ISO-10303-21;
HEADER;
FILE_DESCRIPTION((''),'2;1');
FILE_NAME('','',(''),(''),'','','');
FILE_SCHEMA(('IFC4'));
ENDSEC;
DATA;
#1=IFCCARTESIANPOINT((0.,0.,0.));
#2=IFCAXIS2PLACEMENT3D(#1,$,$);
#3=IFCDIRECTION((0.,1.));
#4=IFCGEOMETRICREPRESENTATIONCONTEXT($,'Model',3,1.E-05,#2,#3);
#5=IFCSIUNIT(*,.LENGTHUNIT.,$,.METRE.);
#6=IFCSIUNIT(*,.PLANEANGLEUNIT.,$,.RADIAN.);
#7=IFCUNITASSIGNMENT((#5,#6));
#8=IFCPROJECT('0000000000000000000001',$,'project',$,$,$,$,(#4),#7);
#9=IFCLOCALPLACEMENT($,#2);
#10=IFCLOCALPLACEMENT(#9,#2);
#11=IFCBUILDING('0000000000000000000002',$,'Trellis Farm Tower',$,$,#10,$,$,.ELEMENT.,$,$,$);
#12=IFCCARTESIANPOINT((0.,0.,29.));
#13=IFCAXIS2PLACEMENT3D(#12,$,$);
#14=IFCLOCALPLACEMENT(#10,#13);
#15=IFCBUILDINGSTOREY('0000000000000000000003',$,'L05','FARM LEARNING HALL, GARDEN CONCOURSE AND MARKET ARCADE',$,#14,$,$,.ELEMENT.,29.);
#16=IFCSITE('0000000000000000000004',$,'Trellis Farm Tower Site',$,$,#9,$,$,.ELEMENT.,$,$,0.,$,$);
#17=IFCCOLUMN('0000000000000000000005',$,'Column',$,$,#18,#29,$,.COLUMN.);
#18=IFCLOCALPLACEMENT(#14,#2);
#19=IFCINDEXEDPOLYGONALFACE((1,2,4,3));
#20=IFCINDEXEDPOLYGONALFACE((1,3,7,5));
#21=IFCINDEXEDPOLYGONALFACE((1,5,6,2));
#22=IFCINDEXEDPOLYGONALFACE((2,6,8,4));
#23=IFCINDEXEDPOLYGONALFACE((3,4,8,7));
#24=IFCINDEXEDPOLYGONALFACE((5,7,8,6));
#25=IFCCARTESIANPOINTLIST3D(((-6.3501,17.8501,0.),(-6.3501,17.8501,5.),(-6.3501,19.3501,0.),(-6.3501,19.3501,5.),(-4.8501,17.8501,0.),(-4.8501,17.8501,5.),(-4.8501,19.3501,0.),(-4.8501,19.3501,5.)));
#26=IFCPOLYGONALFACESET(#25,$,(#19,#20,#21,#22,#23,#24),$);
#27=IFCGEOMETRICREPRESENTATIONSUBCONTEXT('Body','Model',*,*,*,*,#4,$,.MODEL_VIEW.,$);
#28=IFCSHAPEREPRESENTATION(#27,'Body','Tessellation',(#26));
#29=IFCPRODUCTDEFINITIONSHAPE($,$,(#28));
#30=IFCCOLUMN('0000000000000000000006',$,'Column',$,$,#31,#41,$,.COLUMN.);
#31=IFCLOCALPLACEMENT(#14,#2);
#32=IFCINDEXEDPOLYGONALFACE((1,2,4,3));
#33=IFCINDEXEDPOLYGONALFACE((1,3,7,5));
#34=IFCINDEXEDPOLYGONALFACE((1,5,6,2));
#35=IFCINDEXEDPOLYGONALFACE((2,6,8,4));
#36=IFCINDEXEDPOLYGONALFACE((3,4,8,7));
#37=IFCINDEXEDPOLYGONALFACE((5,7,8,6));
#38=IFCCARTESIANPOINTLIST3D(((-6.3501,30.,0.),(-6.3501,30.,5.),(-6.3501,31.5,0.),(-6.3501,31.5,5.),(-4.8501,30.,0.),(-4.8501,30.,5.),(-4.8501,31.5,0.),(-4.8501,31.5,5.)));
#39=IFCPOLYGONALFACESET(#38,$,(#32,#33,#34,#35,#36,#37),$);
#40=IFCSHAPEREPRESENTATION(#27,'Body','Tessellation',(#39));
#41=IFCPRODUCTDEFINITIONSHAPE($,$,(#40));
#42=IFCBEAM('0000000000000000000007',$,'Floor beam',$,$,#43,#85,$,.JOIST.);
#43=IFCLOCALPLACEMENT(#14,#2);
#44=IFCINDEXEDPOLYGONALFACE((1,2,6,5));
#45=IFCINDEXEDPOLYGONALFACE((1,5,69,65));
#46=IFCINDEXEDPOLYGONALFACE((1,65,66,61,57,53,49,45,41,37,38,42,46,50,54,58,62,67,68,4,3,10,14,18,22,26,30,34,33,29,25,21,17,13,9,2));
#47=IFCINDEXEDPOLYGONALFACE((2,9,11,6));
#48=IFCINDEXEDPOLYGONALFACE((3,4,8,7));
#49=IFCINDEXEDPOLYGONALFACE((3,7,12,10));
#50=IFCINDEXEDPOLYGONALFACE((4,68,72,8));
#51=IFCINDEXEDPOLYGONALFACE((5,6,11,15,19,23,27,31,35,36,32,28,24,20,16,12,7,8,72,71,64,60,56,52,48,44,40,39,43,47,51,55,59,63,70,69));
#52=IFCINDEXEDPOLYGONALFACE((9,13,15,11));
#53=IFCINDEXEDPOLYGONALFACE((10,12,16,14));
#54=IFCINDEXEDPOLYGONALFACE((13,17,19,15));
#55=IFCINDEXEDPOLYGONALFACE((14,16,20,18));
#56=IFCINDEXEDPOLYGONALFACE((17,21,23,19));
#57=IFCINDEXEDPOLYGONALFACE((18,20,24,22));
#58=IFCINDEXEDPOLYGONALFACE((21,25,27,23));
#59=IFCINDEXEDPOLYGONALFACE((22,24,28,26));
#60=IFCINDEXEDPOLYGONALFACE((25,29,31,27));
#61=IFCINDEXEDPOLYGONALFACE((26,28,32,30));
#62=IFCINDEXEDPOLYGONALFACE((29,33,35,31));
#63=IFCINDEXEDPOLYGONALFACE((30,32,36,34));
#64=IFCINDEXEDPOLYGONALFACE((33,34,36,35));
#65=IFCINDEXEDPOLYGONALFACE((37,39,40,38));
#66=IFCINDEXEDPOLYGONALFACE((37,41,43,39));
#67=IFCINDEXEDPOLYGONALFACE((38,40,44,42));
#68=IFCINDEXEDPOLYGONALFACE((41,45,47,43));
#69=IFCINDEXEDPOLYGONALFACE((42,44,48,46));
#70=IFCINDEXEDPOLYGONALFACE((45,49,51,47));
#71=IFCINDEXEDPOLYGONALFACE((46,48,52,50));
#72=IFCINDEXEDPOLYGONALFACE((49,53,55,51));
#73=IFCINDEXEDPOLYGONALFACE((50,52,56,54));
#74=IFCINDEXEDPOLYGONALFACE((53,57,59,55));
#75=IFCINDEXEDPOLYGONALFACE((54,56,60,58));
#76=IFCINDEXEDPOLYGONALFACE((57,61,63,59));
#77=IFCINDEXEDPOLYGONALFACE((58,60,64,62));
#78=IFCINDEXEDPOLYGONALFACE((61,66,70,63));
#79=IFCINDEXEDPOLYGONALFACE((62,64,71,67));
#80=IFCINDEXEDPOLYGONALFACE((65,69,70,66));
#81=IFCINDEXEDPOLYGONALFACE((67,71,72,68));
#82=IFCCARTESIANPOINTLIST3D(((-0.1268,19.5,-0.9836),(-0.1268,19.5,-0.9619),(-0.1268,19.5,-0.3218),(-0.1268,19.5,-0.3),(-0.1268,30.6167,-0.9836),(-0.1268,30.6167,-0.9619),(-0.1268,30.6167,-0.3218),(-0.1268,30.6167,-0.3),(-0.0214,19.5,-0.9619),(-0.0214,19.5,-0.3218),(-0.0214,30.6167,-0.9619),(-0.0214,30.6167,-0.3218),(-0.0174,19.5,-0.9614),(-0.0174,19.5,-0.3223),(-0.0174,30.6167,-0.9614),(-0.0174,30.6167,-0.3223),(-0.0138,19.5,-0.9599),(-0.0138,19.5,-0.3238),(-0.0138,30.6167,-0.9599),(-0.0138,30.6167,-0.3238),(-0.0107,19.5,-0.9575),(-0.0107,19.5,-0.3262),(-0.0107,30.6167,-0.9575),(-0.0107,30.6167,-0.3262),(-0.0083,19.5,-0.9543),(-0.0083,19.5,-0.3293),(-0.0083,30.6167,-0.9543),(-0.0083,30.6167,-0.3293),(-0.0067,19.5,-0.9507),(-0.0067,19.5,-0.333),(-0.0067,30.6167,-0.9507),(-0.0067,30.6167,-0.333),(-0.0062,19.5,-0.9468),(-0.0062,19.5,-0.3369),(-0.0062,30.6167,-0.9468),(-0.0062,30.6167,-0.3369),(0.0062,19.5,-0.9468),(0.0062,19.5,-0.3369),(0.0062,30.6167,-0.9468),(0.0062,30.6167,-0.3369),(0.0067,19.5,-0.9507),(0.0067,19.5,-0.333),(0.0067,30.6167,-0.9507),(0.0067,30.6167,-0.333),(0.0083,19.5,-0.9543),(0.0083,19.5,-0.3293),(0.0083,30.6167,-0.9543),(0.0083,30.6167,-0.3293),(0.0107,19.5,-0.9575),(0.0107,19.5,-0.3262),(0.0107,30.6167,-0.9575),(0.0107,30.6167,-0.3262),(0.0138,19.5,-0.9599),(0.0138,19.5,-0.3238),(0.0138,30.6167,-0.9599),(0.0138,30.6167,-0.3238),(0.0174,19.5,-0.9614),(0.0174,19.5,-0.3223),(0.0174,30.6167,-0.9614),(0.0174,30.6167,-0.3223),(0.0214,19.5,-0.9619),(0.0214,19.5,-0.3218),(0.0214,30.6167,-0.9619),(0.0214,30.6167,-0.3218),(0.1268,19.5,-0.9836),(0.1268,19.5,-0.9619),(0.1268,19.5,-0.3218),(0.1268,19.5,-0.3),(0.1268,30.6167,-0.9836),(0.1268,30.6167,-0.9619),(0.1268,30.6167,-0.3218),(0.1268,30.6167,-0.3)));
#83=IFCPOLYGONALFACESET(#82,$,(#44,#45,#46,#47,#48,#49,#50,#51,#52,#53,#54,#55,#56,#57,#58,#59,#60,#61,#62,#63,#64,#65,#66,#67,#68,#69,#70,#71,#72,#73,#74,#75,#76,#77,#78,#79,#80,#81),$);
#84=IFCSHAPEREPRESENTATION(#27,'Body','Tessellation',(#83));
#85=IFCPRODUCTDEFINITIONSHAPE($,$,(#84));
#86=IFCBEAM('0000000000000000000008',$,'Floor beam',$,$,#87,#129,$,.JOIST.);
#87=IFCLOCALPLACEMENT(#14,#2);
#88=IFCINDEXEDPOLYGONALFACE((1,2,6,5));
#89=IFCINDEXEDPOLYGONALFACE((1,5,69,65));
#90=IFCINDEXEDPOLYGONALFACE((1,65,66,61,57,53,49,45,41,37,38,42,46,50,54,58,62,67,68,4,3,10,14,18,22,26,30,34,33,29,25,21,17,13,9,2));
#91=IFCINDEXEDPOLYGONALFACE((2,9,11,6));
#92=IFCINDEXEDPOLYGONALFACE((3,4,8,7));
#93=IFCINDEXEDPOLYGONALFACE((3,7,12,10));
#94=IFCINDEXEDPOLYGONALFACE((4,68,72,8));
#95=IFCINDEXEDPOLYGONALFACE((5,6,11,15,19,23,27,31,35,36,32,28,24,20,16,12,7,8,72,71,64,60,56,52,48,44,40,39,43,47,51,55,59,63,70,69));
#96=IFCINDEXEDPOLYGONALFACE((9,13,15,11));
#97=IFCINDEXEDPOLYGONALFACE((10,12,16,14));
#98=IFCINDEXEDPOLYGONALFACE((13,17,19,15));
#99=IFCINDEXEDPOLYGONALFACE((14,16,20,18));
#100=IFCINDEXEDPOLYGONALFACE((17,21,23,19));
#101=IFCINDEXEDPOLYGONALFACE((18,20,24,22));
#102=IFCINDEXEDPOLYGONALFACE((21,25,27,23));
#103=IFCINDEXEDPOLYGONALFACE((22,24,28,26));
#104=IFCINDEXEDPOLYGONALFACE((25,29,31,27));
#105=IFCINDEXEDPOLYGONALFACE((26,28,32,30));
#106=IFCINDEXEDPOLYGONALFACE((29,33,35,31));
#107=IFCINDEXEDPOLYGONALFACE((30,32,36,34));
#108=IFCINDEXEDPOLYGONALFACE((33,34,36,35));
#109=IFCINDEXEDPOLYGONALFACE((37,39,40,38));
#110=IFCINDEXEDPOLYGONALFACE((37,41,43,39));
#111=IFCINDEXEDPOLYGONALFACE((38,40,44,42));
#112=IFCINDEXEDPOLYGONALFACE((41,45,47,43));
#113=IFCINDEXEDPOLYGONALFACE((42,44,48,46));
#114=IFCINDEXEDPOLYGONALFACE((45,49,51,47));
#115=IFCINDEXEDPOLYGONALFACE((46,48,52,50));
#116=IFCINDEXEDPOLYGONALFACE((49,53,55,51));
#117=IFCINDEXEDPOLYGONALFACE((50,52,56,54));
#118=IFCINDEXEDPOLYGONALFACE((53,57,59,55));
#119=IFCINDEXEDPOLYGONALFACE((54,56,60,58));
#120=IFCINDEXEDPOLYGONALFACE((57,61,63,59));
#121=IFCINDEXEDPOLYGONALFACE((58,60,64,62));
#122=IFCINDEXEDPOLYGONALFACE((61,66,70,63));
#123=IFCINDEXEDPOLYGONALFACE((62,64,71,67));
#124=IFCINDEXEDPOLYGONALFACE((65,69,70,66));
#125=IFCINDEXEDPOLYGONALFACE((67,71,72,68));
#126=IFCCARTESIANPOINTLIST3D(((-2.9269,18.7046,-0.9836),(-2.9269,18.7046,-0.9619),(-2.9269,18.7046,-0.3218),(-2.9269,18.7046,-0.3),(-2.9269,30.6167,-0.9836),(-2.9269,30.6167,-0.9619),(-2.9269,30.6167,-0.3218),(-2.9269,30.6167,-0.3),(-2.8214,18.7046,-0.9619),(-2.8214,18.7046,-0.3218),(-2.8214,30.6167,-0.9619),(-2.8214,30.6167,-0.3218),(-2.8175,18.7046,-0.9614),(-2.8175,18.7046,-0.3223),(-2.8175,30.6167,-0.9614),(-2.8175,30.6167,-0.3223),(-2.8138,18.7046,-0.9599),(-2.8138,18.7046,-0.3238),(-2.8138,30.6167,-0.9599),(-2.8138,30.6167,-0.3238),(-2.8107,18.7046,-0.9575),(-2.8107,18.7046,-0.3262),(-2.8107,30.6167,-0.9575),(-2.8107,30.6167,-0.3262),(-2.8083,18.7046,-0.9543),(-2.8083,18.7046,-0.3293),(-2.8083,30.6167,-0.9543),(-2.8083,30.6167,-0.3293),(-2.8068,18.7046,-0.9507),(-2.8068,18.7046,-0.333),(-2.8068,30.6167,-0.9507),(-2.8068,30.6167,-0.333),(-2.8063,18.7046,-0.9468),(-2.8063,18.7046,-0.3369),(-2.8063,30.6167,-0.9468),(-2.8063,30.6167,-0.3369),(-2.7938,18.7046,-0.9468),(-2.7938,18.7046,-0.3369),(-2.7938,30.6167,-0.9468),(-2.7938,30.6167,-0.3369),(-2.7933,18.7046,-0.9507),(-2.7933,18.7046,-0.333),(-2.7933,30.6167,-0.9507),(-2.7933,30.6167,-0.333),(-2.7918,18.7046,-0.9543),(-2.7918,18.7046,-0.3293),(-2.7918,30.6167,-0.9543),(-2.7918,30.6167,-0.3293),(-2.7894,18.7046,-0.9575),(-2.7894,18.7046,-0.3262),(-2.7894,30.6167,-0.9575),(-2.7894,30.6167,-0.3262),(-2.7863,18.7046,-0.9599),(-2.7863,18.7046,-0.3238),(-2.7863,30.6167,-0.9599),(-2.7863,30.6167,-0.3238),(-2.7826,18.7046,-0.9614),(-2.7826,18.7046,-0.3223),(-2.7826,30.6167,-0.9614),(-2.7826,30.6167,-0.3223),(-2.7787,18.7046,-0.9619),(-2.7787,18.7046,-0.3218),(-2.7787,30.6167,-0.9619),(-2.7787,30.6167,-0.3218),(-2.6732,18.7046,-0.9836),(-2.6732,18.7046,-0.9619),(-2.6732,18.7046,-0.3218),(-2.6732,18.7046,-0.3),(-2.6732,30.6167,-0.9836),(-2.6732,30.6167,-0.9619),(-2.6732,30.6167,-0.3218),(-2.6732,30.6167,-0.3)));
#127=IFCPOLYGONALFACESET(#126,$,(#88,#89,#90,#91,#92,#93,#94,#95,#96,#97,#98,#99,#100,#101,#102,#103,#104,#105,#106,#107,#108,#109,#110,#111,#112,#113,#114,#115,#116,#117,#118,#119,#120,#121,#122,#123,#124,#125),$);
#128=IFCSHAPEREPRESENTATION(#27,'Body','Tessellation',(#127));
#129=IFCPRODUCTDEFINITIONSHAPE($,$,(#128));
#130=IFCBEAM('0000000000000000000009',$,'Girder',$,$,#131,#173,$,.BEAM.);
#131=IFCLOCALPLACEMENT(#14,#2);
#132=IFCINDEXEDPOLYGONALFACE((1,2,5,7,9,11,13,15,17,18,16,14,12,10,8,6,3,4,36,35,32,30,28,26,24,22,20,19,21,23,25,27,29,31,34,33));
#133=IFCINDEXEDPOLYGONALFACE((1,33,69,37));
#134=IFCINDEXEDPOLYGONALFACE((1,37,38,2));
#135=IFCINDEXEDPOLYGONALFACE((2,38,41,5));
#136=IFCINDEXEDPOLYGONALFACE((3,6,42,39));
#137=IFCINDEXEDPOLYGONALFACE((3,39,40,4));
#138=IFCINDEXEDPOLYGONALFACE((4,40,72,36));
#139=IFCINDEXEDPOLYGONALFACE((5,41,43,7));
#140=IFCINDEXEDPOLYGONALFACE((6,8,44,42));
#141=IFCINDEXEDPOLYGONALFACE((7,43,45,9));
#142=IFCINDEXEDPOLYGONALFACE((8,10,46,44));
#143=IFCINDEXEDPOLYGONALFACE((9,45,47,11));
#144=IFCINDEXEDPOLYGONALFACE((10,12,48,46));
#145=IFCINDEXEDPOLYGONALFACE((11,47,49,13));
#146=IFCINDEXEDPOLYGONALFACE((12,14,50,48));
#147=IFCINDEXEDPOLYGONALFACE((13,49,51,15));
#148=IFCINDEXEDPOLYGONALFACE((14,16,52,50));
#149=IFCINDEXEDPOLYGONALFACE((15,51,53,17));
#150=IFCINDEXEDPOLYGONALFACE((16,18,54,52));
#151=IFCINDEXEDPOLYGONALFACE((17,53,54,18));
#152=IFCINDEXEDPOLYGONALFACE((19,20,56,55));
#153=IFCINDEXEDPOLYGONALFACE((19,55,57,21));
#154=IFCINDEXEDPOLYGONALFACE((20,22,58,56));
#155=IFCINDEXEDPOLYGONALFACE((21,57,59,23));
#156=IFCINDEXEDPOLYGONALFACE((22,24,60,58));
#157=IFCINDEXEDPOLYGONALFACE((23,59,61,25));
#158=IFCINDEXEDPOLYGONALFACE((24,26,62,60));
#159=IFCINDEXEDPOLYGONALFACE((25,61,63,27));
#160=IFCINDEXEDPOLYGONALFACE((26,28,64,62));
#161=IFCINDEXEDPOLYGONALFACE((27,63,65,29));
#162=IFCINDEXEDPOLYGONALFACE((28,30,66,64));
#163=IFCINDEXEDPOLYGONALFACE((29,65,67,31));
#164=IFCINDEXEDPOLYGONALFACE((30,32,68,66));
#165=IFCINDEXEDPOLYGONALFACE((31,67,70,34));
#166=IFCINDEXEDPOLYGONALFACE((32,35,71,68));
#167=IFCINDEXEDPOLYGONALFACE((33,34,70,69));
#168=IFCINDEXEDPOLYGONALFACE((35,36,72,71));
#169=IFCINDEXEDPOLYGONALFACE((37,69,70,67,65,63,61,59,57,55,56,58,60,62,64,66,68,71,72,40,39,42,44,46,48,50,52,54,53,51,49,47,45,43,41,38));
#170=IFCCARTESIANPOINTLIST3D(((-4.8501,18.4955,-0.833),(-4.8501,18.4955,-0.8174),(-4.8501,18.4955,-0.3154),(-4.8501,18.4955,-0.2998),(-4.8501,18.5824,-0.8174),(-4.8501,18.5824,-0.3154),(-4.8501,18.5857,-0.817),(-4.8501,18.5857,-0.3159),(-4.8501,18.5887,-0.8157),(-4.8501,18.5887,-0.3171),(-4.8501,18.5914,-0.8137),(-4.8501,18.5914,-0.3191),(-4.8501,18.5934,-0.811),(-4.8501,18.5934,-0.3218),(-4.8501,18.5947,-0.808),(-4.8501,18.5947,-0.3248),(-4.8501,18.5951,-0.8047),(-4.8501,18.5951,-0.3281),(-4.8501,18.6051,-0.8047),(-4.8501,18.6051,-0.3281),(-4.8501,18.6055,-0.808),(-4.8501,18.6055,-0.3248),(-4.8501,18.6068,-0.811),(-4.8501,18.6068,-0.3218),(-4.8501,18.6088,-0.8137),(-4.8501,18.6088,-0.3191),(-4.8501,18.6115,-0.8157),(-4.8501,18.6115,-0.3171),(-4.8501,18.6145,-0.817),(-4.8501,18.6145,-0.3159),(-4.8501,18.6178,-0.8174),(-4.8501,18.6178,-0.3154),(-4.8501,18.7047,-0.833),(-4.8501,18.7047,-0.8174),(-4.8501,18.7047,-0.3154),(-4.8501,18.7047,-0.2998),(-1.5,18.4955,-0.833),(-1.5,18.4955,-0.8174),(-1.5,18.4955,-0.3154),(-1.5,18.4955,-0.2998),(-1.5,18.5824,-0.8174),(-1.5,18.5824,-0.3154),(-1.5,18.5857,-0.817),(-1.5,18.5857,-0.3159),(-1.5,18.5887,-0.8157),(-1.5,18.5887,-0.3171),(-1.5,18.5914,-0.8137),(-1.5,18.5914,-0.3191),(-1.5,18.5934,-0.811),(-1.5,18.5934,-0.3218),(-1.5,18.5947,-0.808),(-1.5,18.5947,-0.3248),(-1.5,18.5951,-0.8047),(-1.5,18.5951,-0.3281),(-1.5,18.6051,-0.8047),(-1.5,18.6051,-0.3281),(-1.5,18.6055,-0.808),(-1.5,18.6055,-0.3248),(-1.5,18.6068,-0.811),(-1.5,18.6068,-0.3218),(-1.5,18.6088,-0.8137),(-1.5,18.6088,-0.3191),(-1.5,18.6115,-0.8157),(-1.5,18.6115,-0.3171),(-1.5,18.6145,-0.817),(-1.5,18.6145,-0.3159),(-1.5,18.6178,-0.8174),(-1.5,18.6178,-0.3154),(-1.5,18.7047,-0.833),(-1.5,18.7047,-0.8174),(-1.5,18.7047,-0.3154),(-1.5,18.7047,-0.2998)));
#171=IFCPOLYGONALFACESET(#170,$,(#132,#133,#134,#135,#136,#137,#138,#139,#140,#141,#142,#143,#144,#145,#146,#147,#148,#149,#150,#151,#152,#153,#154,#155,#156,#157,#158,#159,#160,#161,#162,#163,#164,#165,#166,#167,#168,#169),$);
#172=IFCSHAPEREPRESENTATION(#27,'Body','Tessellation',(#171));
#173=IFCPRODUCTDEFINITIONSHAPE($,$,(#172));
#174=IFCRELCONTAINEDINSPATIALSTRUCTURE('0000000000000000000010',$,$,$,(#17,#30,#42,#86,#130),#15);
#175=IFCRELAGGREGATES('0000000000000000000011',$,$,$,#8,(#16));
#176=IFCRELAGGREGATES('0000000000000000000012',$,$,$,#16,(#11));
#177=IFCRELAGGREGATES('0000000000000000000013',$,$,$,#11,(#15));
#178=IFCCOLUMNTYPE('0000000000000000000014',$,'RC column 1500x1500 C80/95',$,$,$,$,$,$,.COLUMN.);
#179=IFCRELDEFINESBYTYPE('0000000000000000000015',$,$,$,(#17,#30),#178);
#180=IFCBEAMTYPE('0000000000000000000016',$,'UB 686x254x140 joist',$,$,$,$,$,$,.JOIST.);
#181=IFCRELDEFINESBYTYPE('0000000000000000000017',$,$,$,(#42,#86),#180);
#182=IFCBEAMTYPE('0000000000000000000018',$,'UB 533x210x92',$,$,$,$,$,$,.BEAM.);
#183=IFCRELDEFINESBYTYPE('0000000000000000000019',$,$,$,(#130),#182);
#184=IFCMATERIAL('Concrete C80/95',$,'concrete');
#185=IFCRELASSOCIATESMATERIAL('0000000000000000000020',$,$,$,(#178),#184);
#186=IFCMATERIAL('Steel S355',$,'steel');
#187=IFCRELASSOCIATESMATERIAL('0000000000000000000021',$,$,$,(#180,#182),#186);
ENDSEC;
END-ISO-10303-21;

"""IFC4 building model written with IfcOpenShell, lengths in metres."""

from ifc_helpers import new_model, si_unit, direction, frame, origin, origin_2d, place, context, subcontext, project, spatial, rectangle, i_section, extrude, source, transform, mapped, material, material_profile, profile_set, type_object, element, save


model = new_model("IFC4")

# Units and contexts
model_context = context("Model", 3, precision=1e-05, world=origin(), true_north=direction((0.0, 1.0)))
body_context = subcontext(model_context, "Body", "Model", "MODEL_VIEW")
ifc_project = project(units=[si_unit("LENGTHUNIT", "METRE"), si_unit("PLANEANGLEUNIT", "RADIAN")], contexts=[model_context])

# Site, building, storey
site_placement = place(None, origin())
site = spatial("IfcSite", under=ifc_project, at=site_placement, Name="Trellis Farm Tower Site", CompositionType="ELEMENT", RefElevation=0.0)
building_placement = place(site_placement, origin())
building = spatial("IfcBuilding", under=site, at=building_placement, Name="Trellis Farm Tower", CompositionType="ELEMENT")
storey_placement = place(building_placement, frame((0.0, 0.0, 29.0)))
storey = spatial("IfcBuildingStorey", under=building, at=storey_placement, Name="L05", Description="FARM LEARNING HALL, GARDEN CONCOURSE AND MARKET ARCADE", CompositionType="ELEMENT", Elevation=29.0)

# Columns
ifc_material_1 = material(Name="Concrete C80/95", Category="concrete")
ifc_material_profile_1 = material_profile(ifc_material_1, rectangle(XDim=1.5, YDim=1.5, at=origin_2d()), Name="RC column 1500x1500 C80/95")
ifc_profile_set_1 = profile_set([ifc_material_profile_1], Name="Concrete C80/95")
column_type = type_object("IfcColumnType", Name="RC column 1500x1500 C80/95", PredefinedType="COLUMN", material=ifc_profile_set_1)
shared_shape_1 = source(origin(), body_context, "Body", "SweptSolid", [
    extrude(rectangle(XDim=1.5, YDim=1.5, at=origin_2d()), origin(), (0.0, 0.0, 1.0), 5.0),
])
for number, where, z_axis, x_axis, name in (
    (1, (-5.6001, 18.6001, 0.0), (0.0, 0.0, 1.0), (1.0, 0.0, 0.0), "Column"),
    (2, (-5.6001, 30.75, 0.0), (0.0, 0.0, 1.0), (1.0, 0.0, 0.0), "Column"),
):
    element("IfcColumn", number, at=place(storey_placement, frame(where, z_axis=z_axis, x_axis=x_axis)), inside=storey, type_object=column_type, Name=name, PredefinedType="COLUMN", context=body_context, shape_type="MappedRepresentation", body=[
        mapped(shared_shape_1, transform((0.0, 0.0, 0.0))),
    ])

# Beams
ifc_material_2 = material(Name="Steel S355", Category="steel")
ifc_material_profile_2 = material_profile(ifc_material_2, i_section(OverallWidth=0.2537, OverallDepth=0.6836, WebThickness=0.0125, FlangeThickness=0.0217, FilletRadius=0.0151, at=origin_2d()), Name="UB 686x254x140")
ifc_profile_set_2 = profile_set([ifc_material_profile_2], Name="Steel S355")
beam_type_1 = type_object("IfcBeamType", Name="UB 686x254x140 joist", PredefinedType="JOIST", material=ifc_profile_set_2)
shared_shape_2 = source(origin(), body_context, "Body", "SweptSolid", [
    extrude(i_section(OverallWidth=0.2537, OverallDepth=0.6836, WebThickness=0.0125, FlangeThickness=0.0217, FilletRadius=0.0151, at=origin_2d()), origin(), (0.0, 0.0, 1.0), 11.1167),
])
beam_1_placement = place(storey_placement, frame((0.0, 19.5, -0.6418), z_axis=(0.0, 1.0, 0.0), x_axis=(-1.0, 0.0, 0.0)))
element("IfcBeam", 3, at=beam_1_placement, inside=storey, type_object=beam_type_1, Name="Floor beam", PredefinedType="JOIST", context=body_context, shape_type="MappedRepresentation", body=[
    mapped(shared_shape_2, transform((0.0, 0.0, 0.0))),
])
shared_shape_3 = source(origin(), body_context, "Body", "SweptSolid", [
    extrude(i_section(OverallWidth=0.2537, OverallDepth=0.6836, WebThickness=0.0125, FlangeThickness=0.0217, FilletRadius=0.0151, at=origin_2d()), origin(), (0.0, 0.0, 1.0), 11.9121),
])
beam_2_placement = place(storey_placement, frame((-2.8, 18.7046, -0.6418), z_axis=(0.0, 1.0, 0.0), x_axis=(-1.0, 0.0, 0.0)))
element("IfcBeam", 4, at=beam_2_placement, inside=storey, type_object=beam_type_1, Name="Floor beam", PredefinedType="JOIST", context=body_context, shape_type="MappedRepresentation", body=[
    mapped(shared_shape_3, transform((0.0, 0.0, 0.0))),
])
ifc_material_profile_3 = material_profile(ifc_material_2, i_section(OverallWidth=0.2092, OverallDepth=0.5332, WebThickness=0.01, FlangeThickness=0.0156, FilletRadius=0.0127, at=origin_2d()), Name="UB 533x210x92")
ifc_profile_set_3 = profile_set([ifc_material_profile_3], Name="Steel S355")
beam_type_2 = type_object("IfcBeamType", Name="UB 533x210x92", PredefinedType="BEAM", material=ifc_profile_set_3)
shared_shape_4 = source(origin(), body_context, "Body", "SweptSolid", [
    extrude(i_section(OverallWidth=0.2092, OverallDepth=0.5332, WebThickness=0.01, FlangeThickness=0.0156, FilletRadius=0.0127, at=origin_2d()), origin(), (0.0, 0.0, 1.0), 3.3501),
])
beam_3_placement = place(storey_placement, frame((-4.8501, 18.6001, -0.5664), z_axis=(1.0, 0.0, 0.0), x_axis=(0.0, 1.0, 0.0)))
element("IfcBeam", 5, at=beam_3_placement, inside=storey, type_object=beam_type_2, Name="Girder", PredefinedType="BEAM", context=body_context, shape_type="MappedRepresentation", body=[
    mapped(shared_shape_4, transform((0.0, 0.0, 0.0))),
])

save(model, "model.ifc")
